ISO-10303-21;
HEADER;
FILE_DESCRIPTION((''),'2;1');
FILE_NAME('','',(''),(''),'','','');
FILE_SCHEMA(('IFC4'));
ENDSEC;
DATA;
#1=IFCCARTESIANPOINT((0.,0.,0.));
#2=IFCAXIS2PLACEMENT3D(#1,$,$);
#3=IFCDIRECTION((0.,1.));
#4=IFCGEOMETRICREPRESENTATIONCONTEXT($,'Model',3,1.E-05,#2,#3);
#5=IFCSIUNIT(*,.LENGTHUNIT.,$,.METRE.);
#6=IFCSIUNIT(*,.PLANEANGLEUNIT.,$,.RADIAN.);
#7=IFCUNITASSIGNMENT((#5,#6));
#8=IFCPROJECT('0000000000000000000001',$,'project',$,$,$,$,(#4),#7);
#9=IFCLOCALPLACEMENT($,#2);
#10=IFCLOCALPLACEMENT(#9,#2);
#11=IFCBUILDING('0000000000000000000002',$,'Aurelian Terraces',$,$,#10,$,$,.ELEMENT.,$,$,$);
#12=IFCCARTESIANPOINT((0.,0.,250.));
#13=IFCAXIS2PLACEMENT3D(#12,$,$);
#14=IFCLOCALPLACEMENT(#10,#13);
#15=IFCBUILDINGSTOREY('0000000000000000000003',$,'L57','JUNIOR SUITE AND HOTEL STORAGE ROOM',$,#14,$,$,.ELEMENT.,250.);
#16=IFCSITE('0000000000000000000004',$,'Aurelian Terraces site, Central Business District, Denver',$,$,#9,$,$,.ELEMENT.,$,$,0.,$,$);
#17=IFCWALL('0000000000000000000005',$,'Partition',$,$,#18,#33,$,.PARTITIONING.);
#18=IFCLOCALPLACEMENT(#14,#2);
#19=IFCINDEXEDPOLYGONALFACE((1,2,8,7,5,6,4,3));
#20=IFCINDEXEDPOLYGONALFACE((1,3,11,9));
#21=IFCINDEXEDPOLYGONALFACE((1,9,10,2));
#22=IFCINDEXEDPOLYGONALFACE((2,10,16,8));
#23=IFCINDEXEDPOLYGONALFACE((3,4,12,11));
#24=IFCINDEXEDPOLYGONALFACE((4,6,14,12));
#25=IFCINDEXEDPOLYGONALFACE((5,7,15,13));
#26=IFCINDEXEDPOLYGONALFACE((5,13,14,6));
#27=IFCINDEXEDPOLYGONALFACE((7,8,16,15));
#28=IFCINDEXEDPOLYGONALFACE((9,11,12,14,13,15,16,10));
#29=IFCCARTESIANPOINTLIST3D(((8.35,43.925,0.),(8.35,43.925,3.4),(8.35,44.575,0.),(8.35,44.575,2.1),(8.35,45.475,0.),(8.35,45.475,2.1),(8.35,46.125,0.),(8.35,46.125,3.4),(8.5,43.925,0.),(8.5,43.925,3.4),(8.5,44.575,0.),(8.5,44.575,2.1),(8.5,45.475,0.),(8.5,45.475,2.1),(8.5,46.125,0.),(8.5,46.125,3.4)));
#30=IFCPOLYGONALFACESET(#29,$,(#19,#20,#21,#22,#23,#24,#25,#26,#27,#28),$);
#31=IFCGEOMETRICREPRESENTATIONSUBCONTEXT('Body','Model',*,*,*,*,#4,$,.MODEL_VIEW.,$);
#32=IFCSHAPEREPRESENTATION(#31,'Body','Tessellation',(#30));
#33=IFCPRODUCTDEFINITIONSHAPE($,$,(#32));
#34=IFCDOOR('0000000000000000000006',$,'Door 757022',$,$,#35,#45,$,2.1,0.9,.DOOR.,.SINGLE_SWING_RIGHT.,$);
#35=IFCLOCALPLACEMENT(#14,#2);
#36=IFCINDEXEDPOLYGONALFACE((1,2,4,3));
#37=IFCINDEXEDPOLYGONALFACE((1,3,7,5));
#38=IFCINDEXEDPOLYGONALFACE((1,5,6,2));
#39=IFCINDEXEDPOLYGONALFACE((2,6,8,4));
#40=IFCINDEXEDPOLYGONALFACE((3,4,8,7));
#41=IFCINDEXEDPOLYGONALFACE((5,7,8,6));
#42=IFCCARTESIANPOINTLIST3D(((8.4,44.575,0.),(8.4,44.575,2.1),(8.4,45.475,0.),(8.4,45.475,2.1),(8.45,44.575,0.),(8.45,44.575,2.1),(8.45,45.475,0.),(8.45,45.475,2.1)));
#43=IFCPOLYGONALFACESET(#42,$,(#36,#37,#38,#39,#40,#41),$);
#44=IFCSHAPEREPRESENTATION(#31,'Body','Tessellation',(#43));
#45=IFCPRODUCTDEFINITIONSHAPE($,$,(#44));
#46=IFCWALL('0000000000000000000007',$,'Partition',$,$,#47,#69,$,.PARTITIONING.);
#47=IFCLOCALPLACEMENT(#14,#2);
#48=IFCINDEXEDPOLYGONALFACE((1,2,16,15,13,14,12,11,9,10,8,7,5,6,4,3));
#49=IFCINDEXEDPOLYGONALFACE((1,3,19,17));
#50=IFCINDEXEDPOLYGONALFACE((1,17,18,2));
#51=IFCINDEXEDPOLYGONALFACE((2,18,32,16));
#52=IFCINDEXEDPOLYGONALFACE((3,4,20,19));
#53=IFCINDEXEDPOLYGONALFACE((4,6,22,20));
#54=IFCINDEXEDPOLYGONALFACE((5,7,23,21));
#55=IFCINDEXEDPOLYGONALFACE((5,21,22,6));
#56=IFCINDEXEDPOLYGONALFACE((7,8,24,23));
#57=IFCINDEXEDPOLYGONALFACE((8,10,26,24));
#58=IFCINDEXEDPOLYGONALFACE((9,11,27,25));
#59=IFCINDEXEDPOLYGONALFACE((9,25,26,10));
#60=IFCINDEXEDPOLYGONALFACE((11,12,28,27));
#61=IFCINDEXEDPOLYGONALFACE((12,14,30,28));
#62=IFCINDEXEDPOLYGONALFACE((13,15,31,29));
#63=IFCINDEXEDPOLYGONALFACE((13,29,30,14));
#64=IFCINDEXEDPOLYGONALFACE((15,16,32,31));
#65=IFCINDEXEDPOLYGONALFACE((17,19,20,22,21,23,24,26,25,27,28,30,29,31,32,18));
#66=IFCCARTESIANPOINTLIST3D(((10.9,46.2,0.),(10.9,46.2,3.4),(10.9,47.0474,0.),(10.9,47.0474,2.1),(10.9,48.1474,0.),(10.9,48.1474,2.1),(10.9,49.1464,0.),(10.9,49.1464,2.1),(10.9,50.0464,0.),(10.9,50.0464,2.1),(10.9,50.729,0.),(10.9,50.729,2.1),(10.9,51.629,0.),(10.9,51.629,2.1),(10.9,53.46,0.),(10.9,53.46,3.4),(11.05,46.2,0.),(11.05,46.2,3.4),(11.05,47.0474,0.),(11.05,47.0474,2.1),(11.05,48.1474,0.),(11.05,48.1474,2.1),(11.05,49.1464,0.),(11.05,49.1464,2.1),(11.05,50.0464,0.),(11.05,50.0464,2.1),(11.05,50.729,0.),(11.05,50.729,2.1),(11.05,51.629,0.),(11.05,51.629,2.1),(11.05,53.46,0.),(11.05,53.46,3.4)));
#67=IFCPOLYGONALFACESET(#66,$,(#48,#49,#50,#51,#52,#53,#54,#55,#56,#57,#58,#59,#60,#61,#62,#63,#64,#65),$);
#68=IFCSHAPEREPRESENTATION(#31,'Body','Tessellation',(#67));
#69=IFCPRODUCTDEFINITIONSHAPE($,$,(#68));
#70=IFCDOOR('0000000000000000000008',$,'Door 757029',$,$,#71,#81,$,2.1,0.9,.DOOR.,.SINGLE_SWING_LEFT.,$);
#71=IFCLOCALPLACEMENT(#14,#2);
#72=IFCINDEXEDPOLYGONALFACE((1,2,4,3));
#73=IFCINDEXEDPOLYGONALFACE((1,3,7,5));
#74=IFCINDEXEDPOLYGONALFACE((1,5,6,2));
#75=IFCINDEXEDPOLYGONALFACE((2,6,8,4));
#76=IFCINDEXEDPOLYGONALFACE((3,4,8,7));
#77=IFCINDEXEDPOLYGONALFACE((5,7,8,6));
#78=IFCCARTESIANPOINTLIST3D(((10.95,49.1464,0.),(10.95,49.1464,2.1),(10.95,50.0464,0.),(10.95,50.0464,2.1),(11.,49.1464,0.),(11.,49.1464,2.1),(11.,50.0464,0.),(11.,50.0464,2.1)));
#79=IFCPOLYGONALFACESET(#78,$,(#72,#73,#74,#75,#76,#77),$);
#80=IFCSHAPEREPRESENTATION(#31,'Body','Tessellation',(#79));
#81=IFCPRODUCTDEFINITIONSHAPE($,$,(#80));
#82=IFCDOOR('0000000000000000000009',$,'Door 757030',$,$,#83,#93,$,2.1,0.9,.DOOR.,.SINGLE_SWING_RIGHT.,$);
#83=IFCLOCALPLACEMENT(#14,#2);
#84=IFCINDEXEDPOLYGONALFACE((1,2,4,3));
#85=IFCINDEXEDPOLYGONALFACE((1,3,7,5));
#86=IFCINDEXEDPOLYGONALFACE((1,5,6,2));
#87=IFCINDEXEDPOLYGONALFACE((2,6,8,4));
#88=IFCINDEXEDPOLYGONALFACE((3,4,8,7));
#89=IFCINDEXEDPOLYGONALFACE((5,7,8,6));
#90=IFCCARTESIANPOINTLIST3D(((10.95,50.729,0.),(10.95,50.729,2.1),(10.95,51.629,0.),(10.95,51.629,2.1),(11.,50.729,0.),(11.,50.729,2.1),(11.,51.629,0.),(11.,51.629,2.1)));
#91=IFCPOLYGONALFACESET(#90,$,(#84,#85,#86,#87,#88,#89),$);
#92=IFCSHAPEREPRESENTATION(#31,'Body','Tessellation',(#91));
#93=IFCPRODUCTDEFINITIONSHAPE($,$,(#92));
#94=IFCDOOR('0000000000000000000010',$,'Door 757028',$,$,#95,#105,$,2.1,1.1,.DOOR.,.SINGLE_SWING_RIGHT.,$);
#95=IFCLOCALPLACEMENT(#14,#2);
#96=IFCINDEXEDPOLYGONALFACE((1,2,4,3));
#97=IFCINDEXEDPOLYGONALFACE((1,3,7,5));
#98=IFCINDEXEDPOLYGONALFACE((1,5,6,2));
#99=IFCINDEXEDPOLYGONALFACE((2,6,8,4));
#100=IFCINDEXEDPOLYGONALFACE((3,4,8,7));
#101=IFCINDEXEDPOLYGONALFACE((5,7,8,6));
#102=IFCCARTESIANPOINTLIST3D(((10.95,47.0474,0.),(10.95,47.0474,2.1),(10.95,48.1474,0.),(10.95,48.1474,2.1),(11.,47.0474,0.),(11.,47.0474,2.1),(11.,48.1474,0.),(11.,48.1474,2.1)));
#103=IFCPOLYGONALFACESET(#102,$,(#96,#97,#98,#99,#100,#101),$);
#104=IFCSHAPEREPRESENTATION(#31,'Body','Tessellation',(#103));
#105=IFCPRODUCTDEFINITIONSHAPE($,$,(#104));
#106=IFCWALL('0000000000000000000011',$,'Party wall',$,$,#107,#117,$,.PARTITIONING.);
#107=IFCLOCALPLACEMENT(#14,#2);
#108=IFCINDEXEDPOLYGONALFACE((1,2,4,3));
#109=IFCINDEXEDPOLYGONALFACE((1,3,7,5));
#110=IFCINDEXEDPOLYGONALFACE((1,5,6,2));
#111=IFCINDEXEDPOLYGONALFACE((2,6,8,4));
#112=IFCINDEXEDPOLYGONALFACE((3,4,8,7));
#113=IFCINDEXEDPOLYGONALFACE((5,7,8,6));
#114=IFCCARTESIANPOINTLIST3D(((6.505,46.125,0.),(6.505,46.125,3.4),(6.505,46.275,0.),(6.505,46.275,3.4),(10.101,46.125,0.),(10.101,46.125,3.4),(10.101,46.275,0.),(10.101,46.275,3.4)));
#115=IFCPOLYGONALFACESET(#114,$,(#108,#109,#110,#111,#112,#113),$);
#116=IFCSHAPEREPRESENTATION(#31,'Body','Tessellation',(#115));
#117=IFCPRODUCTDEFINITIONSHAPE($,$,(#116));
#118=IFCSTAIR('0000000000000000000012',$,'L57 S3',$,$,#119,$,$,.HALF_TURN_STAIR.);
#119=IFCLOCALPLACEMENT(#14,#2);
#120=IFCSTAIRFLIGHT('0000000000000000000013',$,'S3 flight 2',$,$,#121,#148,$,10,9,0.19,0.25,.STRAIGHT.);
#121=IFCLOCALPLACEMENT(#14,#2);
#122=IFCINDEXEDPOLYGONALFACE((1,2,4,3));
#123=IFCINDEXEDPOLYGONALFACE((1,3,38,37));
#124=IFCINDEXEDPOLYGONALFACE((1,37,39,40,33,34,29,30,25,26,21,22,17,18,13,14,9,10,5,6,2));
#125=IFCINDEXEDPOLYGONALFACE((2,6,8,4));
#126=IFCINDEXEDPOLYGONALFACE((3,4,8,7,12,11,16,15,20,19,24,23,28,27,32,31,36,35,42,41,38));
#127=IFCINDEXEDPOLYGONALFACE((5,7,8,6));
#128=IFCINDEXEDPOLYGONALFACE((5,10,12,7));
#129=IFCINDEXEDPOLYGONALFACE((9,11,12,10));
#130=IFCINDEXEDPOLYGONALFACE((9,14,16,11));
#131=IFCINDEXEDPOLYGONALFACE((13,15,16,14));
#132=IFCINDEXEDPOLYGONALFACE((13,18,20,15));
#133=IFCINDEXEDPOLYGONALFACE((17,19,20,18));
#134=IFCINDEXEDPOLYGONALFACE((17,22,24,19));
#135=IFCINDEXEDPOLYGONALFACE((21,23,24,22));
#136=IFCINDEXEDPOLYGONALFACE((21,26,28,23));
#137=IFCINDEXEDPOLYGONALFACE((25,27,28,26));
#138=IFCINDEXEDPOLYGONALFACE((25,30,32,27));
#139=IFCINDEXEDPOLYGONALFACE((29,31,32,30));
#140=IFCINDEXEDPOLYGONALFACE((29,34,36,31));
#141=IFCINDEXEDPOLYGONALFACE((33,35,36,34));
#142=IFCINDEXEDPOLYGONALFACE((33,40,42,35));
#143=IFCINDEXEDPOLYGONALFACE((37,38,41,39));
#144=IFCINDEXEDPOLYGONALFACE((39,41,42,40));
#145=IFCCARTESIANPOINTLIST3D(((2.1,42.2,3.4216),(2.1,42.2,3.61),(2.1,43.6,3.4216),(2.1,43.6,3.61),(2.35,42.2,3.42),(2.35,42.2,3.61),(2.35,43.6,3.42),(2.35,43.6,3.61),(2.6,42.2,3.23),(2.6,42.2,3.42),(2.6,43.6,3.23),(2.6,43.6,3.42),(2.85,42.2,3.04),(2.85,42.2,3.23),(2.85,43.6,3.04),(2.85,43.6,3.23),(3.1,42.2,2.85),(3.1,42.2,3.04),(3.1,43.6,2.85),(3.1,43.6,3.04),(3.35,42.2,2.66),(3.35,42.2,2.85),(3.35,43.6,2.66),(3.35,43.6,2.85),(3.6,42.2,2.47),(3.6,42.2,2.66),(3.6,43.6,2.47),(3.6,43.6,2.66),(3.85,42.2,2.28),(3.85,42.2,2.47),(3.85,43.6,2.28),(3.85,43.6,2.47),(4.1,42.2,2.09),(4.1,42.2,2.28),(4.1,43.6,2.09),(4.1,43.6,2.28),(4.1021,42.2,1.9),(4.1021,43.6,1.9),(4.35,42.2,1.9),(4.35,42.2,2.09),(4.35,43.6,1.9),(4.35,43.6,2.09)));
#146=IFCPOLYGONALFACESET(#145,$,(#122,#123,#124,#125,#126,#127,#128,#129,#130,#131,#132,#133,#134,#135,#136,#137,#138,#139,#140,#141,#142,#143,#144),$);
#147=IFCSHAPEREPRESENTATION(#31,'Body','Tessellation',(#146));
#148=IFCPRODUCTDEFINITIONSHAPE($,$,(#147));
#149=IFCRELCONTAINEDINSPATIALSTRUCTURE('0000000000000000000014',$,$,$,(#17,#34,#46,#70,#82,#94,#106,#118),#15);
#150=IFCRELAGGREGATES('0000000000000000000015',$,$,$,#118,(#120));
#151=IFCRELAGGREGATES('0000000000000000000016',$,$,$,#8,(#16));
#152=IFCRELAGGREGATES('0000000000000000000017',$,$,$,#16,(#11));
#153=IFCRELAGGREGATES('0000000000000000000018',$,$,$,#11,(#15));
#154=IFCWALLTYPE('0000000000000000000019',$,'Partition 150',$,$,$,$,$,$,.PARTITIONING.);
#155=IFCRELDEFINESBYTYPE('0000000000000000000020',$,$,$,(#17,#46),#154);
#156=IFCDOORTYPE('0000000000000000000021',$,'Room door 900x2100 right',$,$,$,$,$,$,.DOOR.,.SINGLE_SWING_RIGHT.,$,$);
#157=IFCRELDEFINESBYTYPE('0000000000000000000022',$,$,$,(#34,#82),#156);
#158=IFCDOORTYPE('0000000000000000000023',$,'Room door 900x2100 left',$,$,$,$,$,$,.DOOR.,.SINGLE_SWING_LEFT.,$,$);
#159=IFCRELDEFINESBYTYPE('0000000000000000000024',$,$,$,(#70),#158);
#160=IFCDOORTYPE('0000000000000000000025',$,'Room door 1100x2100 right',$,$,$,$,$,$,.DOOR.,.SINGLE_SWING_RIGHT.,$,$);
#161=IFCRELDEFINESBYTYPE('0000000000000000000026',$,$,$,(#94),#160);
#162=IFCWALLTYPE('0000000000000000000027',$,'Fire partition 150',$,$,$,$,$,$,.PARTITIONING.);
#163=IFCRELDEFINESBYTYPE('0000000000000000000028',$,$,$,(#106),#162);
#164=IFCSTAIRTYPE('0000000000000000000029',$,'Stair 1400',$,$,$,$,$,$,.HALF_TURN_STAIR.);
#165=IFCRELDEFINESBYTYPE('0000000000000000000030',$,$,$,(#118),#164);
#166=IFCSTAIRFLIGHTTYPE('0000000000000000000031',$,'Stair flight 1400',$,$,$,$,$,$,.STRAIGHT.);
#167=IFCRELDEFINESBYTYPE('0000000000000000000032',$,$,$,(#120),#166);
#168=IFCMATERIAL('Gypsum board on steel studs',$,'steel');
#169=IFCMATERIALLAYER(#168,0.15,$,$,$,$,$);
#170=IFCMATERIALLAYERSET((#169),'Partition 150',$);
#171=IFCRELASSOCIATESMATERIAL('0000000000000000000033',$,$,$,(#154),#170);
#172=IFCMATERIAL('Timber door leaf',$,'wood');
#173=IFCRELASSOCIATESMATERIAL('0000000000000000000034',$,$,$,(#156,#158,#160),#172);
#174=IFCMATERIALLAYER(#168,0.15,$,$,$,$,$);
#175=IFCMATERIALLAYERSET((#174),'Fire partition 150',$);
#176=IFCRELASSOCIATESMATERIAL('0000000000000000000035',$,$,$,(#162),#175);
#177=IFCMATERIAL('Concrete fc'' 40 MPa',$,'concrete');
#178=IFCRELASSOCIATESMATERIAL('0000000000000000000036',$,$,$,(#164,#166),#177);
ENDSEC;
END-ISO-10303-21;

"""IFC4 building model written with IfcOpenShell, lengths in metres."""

from ifc_helpers import new_model, si_unit, direction, frame, frame_2d, origin, place, context, subcontext, project, spatial, polyline, rectangle, outline, extrude, source, transform, mapped, material, layer, layer_set, type_object, element, fill, aggregate, save


model = new_model("IFC4")

# Units and contexts
model_context = context("Model", 3, precision=1e-05, world=origin(), true_north=direction((0.0, 1.0)))
body_context = subcontext(model_context, "Body", "Model", "MODEL_VIEW")
ifc_project = project(units=[si_unit("LENGTHUNIT", "METRE"), si_unit("PLANEANGLEUNIT", "RADIAN")], contexts=[model_context])

# Site, building, storey
site_placement = place(None, origin())
site = spatial("IfcSite", under=ifc_project, at=site_placement, Name="Aurelian Terraces site, Central Business District, Denver", CompositionType="ELEMENT", RefElevation=0.0)
building_placement = place(site_placement, origin())
building = spatial("IfcBuilding", under=site, at=building_placement, Name="Aurelian Terraces", CompositionType="ELEMENT")
storey_placement = place(building_placement, frame((0.0, 0.0, 250.0)))
storey = spatial("IfcBuildingStorey", under=building, at=storey_placement, Name="L57", Description="JUNIOR SUITE AND HOTEL STORAGE ROOM", CompositionType="ELEMENT", Elevation=250.0)

# Shared definitions
ifc_material_1 = material(Name="Concrete fc' 40 MPa", Category="concrete")

# Shared definitions
ifc_material_2 = material(Name="Gypsum board on steel studs", Category="steel")
ifc_layer_1 = layer(ifc_material_2, 0.15)
ifc_layer_set_1 = layer_set([ifc_layer_1], Name="Partition 150")
wall_type_1 = type_object("IfcWallType", Name="Partition 150", PredefinedType="PARTITIONING", material=ifc_layer_set_1)

# Wall, opening, door
shared_shape_1 = source(origin(), body_context, "Body", "SweptSolid", [
    extrude(rectangle(XDim=2.2, YDim=0.15, at=frame_2d((1.1, 0.0))), origin(), (0.0, 0.0, 1.0), 3.4),
])
wall_1_placement = place(storey_placement, frame((8.425, 43.925, 0.0), z_axis=(0.0, 0.0, 1.0), x_axis=(0.0, 1.0, 0.0)))
wall_1 = element("IfcWall", 1, at=wall_1_placement, inside=storey, type_object=wall_type_1, Name="Partition", PredefinedType="PARTITIONING", context=body_context, shape_type="MappedRepresentation", body=[
    mapped(shared_shape_1, transform((0.0, 0.0, 0.0), scale=1.0)),
])
shared_shape_2 = source(origin(), body_context, "Body", "SweptSolid", [
    extrude(rectangle(XDim=0.9, YDim=2.1, at=frame_2d((0.45, 1.05))), frame((0.0, 0.085, 0.0), z_axis=(0.0, -1.0, 0.0), x_axis=(1.0, 0.0, 0.0)), (0.0, 0.0, 1.0), 0.17),
])
opening_1_placement = place(wall_1_placement, frame((0.65, 0.0, 0.0)))
opening_1 = element("IfcOpeningElement", 2, at=opening_1_placement, cuts=wall_1, PredefinedType="OPENING", context=body_context, shape_type="MappedRepresentation", body=[
    mapped(shared_shape_2, transform((0.0, 0.0, 0.0), scale=1.0)),
])
ifc_material_3 = material(Name="Timber door leaf", Category="wood")
door_type_1 = type_object("IfcDoorType", Name="Room door 900x2100 right", OperationType="SINGLE_SWING_RIGHT", PredefinedType="DOOR", material=ifc_material_3)
shared_shape_3 = source(origin(), body_context, "Body", "SweptSolid", [
    extrude(rectangle(XDim=0.9, YDim=2.1, at=frame_2d((0.45, 1.05))), frame((0.0, 0.025, 0.0), z_axis=(0.0, -1.0, 0.0), x_axis=(1.0, 0.0, 0.0)), (0.0, 0.0, 1.0), 0.05),
])
door_1_placement = place(opening_1_placement, origin())
door_1 = element("IfcDoor", 3, at=door_1_placement, inside=storey, type_object=door_type_1, Name="Door 757022", OperationType="SINGLE_SWING_RIGHT", OverallHeight=2.1, OverallWidth=0.9, PredefinedType="DOOR", context=body_context, shape_type="MappedRepresentation", body=[
    mapped(shared_shape_3, transform((0.0, 0.0, 0.0), scale=1.0)),
])
fill(opening_1, door_1)

# Wall, openings, doors
shared_shape_4 = source(origin(), body_context, "Body", "SweptSolid", [
    extrude(rectangle(XDim=7.26, YDim=0.15, at=frame_2d((3.63, 0.0))), origin(), (0.0, 0.0, 1.0), 3.4),
])
wall_2_placement = place(storey_placement, frame((10.975, 46.2, 0.0), z_axis=(0.0, 0.0, 1.0), x_axis=(0.0, 1.0, 0.0)))
wall_2 = element("IfcWall", 4, at=wall_2_placement, inside=storey, type_object=wall_type_1, Name="Partition", PredefinedType="PARTITIONING", context=body_context, shape_type="MappedRepresentation", body=[
    mapped(shared_shape_4, transform((0.0, 0.0, 0.0), scale=1.0)),
])
shared_shape_5 = source(origin(), body_context, "Body", "SweptSolid", [
    extrude(rectangle(XDim=1.1, YDim=2.1, at=frame_2d((0.55, 1.05))), frame((0.0, 0.085, 0.0), z_axis=(0.0, -1.0, 0.0), x_axis=(1.0, 0.0, 0.0)), (0.0, 0.0, 1.0), 0.17),
])
opening_2_placement = place(wall_2_placement, frame((0.8474, 0.0, 0.0)))
opening_2 = element("IfcOpeningElement", 5, at=opening_2_placement, cuts=wall_2, PredefinedType="OPENING", context=body_context, shape_type="MappedRepresentation", body=[
    mapped(shared_shape_5, transform((0.0, 0.0, 0.0), scale=1.0)),
])
opening_3_placement = place(wall_2_placement, frame((2.9464, 0.0, 0.0)))
opening_3 = element("IfcOpeningElement", 6, at=opening_3_placement, cuts=wall_2, PredefinedType="OPENING", context=body_context, shape_type="MappedRepresentation", body=[
    mapped(shared_shape_2, transform((0.0, 0.0, 0.0), scale=1.0)),
])
opening_4_placement = place(wall_2_placement, frame((4.529, 0.0, 0.0)))
opening_4 = element("IfcOpeningElement", 7, at=opening_4_placement, cuts=wall_2, PredefinedType="OPENING", context=body_context, shape_type="MappedRepresentation", body=[
    mapped(shared_shape_2, transform((0.0, 0.0, 0.0), scale=1.0)),
])
door_type_2 = type_object("IfcDoorType", Name="Room door 900x2100 left", OperationType="SINGLE_SWING_LEFT", PredefinedType="DOOR", material=ifc_material_3)
door_2_placement = place(opening_3_placement, origin())
door_2 = element("IfcDoor", 8, at=door_2_placement, inside=storey, type_object=door_type_2, Name="Door 757029", OperationType="SINGLE_SWING_LEFT", OverallHeight=2.1, OverallWidth=0.9, PredefinedType="DOOR", context=body_context, shape_type="MappedRepresentation", body=[
    mapped(shared_shape_3, transform((0.0, 0.0, 0.0), scale=1.0)),
])
fill(opening_3, door_2)
door_3_placement = place(opening_4_placement, origin())
door_3 = element("IfcDoor", 9, at=door_3_placement, inside=storey, type_object=door_type_1, Name="Door 757030", OperationType="SINGLE_SWING_RIGHT", OverallHeight=2.1, OverallWidth=0.9, PredefinedType="DOOR", context=body_context, shape_type="MappedRepresentation", body=[
    mapped(shared_shape_3, transform((0.0, 0.0, 0.0), scale=1.0)),
])
fill(opening_4, door_3)
door_type_3 = type_object("IfcDoorType", Name="Room door 1100x2100 right", OperationType="SINGLE_SWING_RIGHT", PredefinedType="DOOR", material=ifc_material_3)
shared_shape_6 = source(origin(), body_context, "Body", "SweptSolid", [
    extrude(rectangle(XDim=1.1, YDim=2.1, at=frame_2d((0.55, 1.05))), frame((0.0, 0.025, 0.0), z_axis=(0.0, -1.0, 0.0), x_axis=(1.0, 0.0, 0.0)), (0.0, 0.0, 1.0), 0.05),
])
door_4_placement = place(opening_2_placement, origin())
door_4 = element("IfcDoor", 10, at=door_4_placement, inside=storey, type_object=door_type_3, Name="Door 757028", OperationType="SINGLE_SWING_RIGHT", OverallHeight=2.1, OverallWidth=1.1, PredefinedType="DOOR", context=body_context, shape_type="MappedRepresentation", body=[
    mapped(shared_shape_6, transform((0.0, 0.0, 0.0), scale=1.0)),
])
fill(opening_2, door_4)

# Wall
ifc_layer_2 = layer(ifc_material_2, 0.15)
ifc_layer_set_2 = layer_set([ifc_layer_2], Name="Fire partition 150")
wall_type_2 = type_object("IfcWallType", Name="Fire partition 150", PredefinedType="PARTITIONING", material=ifc_layer_set_2)
shared_shape_7 = source(origin(), body_context, "Body", "SweptSolid", [
    extrude(rectangle(XDim=3.596, YDim=0.15, at=frame_2d((1.798, 0.0))), origin(), (0.0, 0.0, 1.0), 3.4),
])
wall_3_placement = place(storey_placement, frame((10.101, 46.2, 0.0), z_axis=(0.0, 0.0, 1.0), x_axis=(-1.0, 0.0, 0.0)))
element("IfcWall", 11, at=wall_3_placement, inside=storey, type_object=wall_type_2, Name="Party wall", PredefinedType="PARTITIONING", context=body_context, shape_type="MappedRepresentation", body=[
    mapped(shared_shape_7, transform((0.0, 0.0, 0.0), scale=1.0)),
])

# Stair, stair flight
stair_type = type_object("IfcStairType", Name="Stair 1400", PredefinedType="HALF_TURN_STAIR", material=ifc_material_1)
stair_placement = place(storey_placement, origin())
stair = element("IfcStair", 12, at=stair_placement, inside=storey, type_object=stair_type, Name="L57 S3", PredefinedType="HALF_TURN_STAIR")
stair_flight_type = type_object("IfcStairFlightType", Name="Stair flight 1400", PredefinedType="STRAIGHT", material=ifc_material_1)
shared_shape_8 = source(origin(), body_context, "Body", "SweptSolid", [
    extrude(outline(polyline([(0.0, 0.0), (0.0, 0.19), (0.25, 0.19), (0.25, 0.38), (0.5, 0.38), (0.5, 0.57), (0.75, 0.57), (0.75, 0.76), (1.0, 0.76), (1.0, 0.95), (1.25, 0.95), (1.25, 1.14), (1.5, 1.14), (1.5, 1.33), (1.75, 1.33), (1.75, 1.52), (2.0, 1.52), (2.0, 1.71), (2.25, 1.71), (2.25, 1.9), (2.25, 1.5216), (0.2479, 0.0), (0.0, 0.0)])), frame((0.0, 0.7, 0.0), z_axis=(0.0, -1.0, 0.0), x_axis=(1.0, 0.0, 0.0)), (0.0, 0.0, 1.0), 1.4),
])
stair_flight_placement = place(storey_placement, frame((4.35, 42.9, 1.9), z_axis=(0.0, 0.0, 1.0), x_axis=(-1.0, 0.0, 0.0)))
stair_flight = element("IfcStairFlight", 13, at=stair_flight_placement, type_object=stair_flight_type, Name="S3 flight 2", NumberOfRisers=10, NumberOfTreads=9, PredefinedType="STRAIGHT", RiserHeight=0.19, TreadLength=0.25, context=body_context, shape_type="MappedRepresentation", body=[
    mapped(shared_shape_8, transform((0.0, 0.0, 0.0), scale=1.0)),
])
aggregate(stair, [stair_flight])

save(model, "model.ifc")
